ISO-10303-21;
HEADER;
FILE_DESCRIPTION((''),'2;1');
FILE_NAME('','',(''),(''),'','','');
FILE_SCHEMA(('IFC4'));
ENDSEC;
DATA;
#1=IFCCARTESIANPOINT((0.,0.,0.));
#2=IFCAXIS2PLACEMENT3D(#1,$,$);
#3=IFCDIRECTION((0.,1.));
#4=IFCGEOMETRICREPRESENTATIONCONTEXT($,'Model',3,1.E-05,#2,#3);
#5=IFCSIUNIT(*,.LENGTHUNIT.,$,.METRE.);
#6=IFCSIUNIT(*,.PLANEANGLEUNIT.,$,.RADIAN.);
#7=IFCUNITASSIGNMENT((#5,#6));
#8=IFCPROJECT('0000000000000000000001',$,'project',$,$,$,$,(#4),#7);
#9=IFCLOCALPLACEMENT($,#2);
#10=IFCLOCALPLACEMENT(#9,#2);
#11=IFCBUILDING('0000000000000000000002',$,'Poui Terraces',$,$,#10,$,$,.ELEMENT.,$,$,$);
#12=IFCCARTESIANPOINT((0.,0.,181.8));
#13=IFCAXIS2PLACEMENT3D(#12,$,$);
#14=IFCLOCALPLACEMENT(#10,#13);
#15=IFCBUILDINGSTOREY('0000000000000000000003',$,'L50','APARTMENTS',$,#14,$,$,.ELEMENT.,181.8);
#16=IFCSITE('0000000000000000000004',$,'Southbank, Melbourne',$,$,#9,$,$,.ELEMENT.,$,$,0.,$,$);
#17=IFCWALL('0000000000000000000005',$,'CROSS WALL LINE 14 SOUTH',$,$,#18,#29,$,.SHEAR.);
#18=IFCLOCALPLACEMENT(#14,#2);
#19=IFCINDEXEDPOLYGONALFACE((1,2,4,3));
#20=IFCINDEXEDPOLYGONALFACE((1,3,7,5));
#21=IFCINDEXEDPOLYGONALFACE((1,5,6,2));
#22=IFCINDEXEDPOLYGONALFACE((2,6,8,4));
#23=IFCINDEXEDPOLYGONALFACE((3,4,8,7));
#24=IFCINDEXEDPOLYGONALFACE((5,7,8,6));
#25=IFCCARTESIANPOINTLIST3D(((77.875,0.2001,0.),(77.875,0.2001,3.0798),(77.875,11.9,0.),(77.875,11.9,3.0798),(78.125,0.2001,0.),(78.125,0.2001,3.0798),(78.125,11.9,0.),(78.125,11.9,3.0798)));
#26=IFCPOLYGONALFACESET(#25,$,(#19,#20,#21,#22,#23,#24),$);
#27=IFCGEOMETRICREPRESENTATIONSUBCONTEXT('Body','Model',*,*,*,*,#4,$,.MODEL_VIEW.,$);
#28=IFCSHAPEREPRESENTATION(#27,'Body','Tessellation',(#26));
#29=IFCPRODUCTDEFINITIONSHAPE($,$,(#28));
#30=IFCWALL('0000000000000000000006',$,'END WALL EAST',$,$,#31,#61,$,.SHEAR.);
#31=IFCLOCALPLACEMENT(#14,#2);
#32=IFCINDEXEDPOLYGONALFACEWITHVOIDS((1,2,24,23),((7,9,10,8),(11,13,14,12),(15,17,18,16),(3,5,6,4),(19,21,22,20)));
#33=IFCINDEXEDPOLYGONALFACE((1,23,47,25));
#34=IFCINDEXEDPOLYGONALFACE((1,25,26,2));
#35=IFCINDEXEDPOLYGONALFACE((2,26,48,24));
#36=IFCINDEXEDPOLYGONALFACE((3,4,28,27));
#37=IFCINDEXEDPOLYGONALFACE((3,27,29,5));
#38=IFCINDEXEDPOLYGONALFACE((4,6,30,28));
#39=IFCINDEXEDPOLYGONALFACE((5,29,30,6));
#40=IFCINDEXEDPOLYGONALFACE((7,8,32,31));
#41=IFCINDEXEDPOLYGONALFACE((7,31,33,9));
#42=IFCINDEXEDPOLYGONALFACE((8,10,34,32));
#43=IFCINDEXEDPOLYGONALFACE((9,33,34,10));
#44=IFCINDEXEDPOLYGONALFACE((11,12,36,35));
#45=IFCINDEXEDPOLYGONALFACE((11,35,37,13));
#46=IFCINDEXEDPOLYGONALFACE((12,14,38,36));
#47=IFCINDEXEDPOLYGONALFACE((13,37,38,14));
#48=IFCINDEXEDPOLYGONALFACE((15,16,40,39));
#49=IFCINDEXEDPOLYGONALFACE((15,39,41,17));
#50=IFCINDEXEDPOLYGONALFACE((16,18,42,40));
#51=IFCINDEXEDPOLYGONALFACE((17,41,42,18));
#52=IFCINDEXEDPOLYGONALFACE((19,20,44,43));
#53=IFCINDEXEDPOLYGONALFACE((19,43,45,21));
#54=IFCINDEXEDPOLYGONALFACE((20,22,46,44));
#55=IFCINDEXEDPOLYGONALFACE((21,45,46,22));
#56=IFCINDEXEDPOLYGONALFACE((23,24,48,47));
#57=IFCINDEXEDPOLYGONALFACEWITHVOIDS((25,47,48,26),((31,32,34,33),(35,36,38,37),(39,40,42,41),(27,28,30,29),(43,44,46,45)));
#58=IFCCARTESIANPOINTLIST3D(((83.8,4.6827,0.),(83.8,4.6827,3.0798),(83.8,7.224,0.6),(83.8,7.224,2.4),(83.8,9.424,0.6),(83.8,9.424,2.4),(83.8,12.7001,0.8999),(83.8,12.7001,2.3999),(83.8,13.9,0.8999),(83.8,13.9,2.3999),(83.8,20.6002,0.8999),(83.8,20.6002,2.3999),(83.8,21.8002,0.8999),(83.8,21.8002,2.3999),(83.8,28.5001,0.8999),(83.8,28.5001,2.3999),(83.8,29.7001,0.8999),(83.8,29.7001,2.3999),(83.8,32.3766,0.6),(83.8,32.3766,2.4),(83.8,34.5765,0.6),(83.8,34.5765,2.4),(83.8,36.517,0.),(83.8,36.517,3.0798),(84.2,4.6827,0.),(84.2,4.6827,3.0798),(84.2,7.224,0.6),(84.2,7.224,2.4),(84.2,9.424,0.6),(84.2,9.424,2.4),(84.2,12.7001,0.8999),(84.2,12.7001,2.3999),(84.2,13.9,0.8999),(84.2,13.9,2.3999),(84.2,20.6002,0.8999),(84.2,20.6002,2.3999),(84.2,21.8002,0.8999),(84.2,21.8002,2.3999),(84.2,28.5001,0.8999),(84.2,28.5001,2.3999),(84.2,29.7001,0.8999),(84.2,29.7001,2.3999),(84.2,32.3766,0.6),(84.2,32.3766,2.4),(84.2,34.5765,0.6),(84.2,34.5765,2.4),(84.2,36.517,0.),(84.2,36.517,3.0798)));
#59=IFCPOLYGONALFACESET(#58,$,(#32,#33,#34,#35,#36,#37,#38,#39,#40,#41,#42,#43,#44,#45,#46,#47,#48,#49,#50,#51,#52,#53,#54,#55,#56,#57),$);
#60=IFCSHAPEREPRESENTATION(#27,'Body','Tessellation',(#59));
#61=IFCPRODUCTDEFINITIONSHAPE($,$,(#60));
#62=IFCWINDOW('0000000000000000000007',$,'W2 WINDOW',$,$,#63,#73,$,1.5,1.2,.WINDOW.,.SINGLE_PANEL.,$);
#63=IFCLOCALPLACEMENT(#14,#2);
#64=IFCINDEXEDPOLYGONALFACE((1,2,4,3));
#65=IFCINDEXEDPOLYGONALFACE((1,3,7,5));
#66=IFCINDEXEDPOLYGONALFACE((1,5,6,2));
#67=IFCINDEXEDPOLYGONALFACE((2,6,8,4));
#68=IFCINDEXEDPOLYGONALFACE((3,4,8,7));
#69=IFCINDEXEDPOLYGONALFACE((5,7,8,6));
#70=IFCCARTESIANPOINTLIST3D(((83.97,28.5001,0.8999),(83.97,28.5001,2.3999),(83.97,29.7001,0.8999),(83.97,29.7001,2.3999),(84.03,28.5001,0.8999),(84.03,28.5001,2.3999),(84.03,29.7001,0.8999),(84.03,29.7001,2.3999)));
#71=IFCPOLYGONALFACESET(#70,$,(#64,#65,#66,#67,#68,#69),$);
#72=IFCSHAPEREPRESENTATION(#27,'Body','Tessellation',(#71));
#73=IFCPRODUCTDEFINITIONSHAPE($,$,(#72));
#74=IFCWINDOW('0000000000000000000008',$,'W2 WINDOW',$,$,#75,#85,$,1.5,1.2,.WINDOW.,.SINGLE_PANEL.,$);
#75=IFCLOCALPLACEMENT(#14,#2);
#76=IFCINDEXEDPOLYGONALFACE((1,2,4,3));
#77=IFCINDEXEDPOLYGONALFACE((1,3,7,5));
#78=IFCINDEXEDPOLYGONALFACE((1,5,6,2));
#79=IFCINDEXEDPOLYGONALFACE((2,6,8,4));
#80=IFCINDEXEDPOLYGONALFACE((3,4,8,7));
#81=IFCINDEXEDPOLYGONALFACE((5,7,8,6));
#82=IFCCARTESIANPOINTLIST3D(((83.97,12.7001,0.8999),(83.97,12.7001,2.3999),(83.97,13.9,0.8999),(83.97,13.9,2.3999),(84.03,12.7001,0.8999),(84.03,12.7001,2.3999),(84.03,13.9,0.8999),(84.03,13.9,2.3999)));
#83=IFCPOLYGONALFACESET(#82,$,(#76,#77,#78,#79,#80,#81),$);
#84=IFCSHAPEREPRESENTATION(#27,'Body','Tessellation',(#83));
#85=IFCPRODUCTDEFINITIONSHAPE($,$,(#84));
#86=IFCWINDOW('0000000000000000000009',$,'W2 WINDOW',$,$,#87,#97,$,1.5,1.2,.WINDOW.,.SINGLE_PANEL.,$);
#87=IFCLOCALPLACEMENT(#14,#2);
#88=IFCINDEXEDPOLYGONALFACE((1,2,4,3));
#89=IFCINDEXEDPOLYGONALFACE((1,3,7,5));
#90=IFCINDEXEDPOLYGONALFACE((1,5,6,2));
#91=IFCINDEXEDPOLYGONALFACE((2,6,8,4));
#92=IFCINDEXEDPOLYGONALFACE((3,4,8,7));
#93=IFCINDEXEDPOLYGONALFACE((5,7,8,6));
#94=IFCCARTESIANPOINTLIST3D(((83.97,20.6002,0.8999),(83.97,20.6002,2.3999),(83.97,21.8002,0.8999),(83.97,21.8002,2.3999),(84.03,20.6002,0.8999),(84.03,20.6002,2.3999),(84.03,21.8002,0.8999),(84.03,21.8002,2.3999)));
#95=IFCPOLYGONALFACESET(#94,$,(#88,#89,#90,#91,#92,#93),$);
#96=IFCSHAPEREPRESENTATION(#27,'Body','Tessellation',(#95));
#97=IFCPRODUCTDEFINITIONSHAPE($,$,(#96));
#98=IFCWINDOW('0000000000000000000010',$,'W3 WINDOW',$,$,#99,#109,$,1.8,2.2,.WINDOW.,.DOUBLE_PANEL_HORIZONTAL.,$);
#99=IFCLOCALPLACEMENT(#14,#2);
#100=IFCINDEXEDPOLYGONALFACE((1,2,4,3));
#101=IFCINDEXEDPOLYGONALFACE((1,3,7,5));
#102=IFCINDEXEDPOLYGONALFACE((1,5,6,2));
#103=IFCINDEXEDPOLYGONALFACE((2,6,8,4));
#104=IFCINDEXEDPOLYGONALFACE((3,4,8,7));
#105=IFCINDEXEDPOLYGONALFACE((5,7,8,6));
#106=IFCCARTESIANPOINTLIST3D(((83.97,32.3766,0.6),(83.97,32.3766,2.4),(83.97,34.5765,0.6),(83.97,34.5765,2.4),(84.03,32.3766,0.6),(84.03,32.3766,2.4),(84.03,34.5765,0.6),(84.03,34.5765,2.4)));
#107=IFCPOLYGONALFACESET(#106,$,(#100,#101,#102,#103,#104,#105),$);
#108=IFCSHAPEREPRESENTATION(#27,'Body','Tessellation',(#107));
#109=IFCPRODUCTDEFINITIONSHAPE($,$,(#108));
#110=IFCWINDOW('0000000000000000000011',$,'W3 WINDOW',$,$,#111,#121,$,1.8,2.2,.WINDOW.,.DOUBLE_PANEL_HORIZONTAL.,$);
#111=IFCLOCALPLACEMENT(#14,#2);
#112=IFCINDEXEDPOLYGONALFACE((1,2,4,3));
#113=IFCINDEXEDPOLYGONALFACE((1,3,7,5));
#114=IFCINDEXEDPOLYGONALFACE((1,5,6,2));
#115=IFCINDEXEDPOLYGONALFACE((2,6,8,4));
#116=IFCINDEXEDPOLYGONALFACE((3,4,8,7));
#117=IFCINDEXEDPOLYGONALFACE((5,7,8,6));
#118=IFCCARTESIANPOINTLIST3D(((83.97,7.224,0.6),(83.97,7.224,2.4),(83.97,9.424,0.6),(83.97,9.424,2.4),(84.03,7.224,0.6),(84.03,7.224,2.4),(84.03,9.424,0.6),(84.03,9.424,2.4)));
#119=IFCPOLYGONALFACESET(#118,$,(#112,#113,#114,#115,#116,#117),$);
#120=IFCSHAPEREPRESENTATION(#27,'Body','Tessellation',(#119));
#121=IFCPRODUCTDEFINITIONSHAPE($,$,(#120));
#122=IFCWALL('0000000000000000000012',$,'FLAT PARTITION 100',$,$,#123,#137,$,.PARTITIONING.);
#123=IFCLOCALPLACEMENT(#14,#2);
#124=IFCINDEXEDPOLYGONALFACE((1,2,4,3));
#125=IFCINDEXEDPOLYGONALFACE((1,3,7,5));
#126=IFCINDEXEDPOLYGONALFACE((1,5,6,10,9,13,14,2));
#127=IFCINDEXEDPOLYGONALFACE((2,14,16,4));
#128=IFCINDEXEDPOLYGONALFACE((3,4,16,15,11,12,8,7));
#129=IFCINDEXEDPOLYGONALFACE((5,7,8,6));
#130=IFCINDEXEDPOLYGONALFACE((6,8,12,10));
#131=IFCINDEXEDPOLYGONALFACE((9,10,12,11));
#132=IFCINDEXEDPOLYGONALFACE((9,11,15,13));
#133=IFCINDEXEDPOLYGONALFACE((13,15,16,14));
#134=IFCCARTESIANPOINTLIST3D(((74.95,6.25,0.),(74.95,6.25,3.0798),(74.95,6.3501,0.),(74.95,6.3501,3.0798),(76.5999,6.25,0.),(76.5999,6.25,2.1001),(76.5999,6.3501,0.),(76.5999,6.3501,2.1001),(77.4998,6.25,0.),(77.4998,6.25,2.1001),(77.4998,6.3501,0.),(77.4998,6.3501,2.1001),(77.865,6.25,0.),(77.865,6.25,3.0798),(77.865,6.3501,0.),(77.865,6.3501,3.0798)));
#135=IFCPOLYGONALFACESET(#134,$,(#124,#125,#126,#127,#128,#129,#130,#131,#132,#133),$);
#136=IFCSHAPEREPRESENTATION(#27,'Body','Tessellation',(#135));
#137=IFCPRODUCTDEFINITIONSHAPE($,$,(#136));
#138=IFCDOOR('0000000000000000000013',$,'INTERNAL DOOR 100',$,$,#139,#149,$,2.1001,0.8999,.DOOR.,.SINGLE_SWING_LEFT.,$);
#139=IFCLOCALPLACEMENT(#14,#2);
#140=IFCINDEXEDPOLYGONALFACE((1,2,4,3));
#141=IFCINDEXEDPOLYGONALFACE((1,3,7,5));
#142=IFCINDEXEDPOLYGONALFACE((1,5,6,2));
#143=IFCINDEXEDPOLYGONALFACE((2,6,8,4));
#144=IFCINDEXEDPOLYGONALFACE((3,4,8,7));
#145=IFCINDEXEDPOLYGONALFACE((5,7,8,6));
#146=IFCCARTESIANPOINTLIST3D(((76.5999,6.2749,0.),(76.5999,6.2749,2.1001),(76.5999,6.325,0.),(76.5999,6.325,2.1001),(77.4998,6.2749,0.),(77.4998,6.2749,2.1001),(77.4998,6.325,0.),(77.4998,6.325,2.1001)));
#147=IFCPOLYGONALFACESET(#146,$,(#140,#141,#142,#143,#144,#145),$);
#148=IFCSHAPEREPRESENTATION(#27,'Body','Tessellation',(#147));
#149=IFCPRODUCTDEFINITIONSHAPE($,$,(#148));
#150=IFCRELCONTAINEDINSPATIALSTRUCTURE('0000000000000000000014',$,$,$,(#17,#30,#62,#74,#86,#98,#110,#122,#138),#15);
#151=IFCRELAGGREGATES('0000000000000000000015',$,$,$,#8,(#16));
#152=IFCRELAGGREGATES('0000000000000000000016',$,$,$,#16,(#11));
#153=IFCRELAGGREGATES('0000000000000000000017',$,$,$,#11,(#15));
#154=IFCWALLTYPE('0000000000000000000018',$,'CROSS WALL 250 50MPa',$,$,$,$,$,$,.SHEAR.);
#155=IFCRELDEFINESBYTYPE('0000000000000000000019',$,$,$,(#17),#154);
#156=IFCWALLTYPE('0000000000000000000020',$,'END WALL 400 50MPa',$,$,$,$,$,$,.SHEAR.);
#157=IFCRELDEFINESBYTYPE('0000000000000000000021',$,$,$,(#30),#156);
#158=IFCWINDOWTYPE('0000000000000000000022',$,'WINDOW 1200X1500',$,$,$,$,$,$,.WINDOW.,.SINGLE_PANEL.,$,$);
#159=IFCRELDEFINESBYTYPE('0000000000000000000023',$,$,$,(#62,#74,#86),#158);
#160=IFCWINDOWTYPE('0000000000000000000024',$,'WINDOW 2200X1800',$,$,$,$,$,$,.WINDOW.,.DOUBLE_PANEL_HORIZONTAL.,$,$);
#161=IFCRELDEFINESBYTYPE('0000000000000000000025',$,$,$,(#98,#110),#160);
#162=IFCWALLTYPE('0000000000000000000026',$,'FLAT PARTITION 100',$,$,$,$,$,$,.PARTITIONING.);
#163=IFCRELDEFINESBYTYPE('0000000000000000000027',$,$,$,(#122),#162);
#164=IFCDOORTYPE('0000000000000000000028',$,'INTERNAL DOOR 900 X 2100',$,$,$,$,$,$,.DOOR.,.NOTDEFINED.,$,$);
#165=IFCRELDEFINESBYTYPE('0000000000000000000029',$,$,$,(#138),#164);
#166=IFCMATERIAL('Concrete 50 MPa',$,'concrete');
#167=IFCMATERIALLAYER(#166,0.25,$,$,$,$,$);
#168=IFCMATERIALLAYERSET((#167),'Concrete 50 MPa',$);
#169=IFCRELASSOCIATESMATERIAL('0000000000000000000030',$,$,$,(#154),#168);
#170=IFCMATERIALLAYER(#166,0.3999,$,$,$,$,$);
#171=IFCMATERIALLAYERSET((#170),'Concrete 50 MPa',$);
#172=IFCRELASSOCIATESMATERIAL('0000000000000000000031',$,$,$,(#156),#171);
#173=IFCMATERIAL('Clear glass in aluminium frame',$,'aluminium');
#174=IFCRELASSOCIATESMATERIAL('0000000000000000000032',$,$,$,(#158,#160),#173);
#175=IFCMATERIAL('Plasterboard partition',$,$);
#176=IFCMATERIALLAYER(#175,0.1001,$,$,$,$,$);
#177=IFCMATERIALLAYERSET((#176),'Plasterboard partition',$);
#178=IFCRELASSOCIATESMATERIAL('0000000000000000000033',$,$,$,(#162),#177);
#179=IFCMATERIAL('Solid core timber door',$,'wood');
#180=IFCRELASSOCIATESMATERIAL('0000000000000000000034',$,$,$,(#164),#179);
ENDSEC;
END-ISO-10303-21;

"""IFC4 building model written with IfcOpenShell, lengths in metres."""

from ifc_helpers import new_model, si_unit, direction, frame, frame_2d, origin, place, context, subcontext, project, spatial, rectangle, extrude, material, layer, layer_set, type_object, element, fill, save


model = new_model("IFC4")

# Units and contexts
model_context = context("Model", 3, precision=1e-05, world=origin(), true_north=direction((0.0, 1.0)))
body_context = subcontext(model_context, "Body", "Model", "MODEL_VIEW")
ifc_project = project(units=[si_unit("LENGTHUNIT", "METRE"), si_unit("PLANEANGLEUNIT", "RADIAN")], contexts=[model_context])

# Site, building, storey
site_placement = place(None, origin())
site = spatial("IfcSite", under=ifc_project, at=site_placement, Name="Southbank, Melbourne", CompositionType="ELEMENT", RefElevation=0.0)
building_placement = place(site_placement, origin())
building = spatial("IfcBuilding", under=site, at=building_placement, Name="Poui Terraces", CompositionType="ELEMENT")
storey_placement = place(building_placement, frame((0.0, 0.0, 181.8)))
storey = spatial("IfcBuildingStorey", under=building, at=storey_placement, Name="L50", Description="APARTMENTS", CompositionType="ELEMENT", Elevation=181.8)

# Wall
ifc_material_1 = material(Name="Concrete 50 MPa", Category="concrete")
ifc_layer_1 = layer(ifc_material_1, 0.25)
ifc_layer_set_1 = layer_set([ifc_layer_1], Name="Concrete 50 MPa")
wall_type_1 = type_object("IfcWallType", Name="CROSS WALL 250 50MPa", PredefinedType="SHEAR", material=ifc_layer_set_1)
wall_1_placement = place(storey_placement, frame((78.0, 0.2, 0.0), z_axis=(0.0, 0.0, 1.0), x_axis=(0.0, 1.0, 0.0)))
element("IfcWall", 1, at=wall_1_placement, inside=storey, type_object=wall_type_1, Name="CROSS WALL LINE 14 SOUTH", PredefinedType="SHEAR", context=body_context, shape_type="SweptSolid", body=[
    extrude(rectangle(XDim=11.7, YDim=0.25, at=frame_2d((5.8501, 0.0))), origin(), (0.0, 0.0, 1.0), 3.0798),
])

# Wall, openings, windows
ifc_layer_2 = layer(ifc_material_1, 0.3999)
ifc_layer_set_2 = layer_set([ifc_layer_2], Name="Concrete 50 MPa")
wall_type_2 = type_object("IfcWallType", Name="END WALL 400 50MPa", PredefinedType="SHEAR", material=ifc_layer_set_2)
wall_2_placement = place(storey_placement, frame((84.0, 4.6829, 0.0), z_axis=(0.0, 0.0, 1.0), x_axis=(0.0, 1.0, 0.0)))
wall_2 = element("IfcWall", 2, at=wall_2_placement, inside=storey, type_object=wall_type_2, Name="END WALL EAST", PredefinedType="SHEAR", context=body_context, shape_type="SweptSolid", body=[
    extrude(rectangle(XDim=31.8342, YDim=0.3999, at=frame_2d((15.917, 0.0))), origin(), (0.0, 0.0, 1.0), 3.0798),
])
opening_1_placement = place(wall_2_placement, frame((23.8171, 0.0, 0.8999)))
opening_1 = element("IfcOpeningElement", 3, at=opening_1_placement, cuts=wall_2, PredefinedType="OPENING", context=body_context, shape_type="SweptSolid", body=[
    extrude(rectangle(XDim=1.2, YDim=1.5, at=frame_2d((0.6001, 0.75))), frame((0.0, 0.21, 0.0), z_axis=(0.0, -1.0, 0.0), x_axis=(1.0, 0.0, 0.0)), (0.0, 0.0, 1.0), 0.4199),
])
opening_2_placement = place(wall_2_placement, frame((8.0171, 0.0, 0.8999)))
opening_2 = element("IfcOpeningElement", 4, at=opening_2_placement, cuts=wall_2, PredefinedType="OPENING", context=body_context, shape_type="SweptSolid", body=[
    extrude(rectangle(XDim=1.2, YDim=1.5, at=frame_2d((0.6001, 0.75))), frame((0.0, 0.21, 0.0), z_axis=(0.0, -1.0, 0.0), x_axis=(1.0, 0.0, 0.0)), (0.0, 0.0, 1.0), 0.4199),
])
opening_3_placement = place(wall_2_placement, frame((27.6936, 0.0, 0.6001)))
opening_3 = element("IfcOpeningElement", 5, at=opening_3_placement, cuts=wall_2, PredefinedType="OPENING", context=body_context, shape_type="SweptSolid", body=[
    extrude(rectangle(XDim=2.2, YDim=1.8, at=frame_2d((1.1001, 0.8999))), frame((0.0, 0.21, 0.0), z_axis=(0.0, -1.0, 0.0), x_axis=(1.0, 0.0, 0.0)), (0.0, 0.0, 1.0), 0.4199),
])
opening_4_placement = place(wall_2_placement, frame((2.541, 0.0, 0.6001)))
opening_4 = element("IfcOpeningElement", 6, at=opening_4_placement, cuts=wall_2, PredefinedType="OPENING", context=body_context, shape_type="SweptSolid", body=[
    extrude(rectangle(XDim=2.2, YDim=1.8, at=frame_2d((1.1001, 0.8999))), frame((0.0, 0.21, 0.0), z_axis=(0.0, -1.0, 0.0), x_axis=(1.0, 0.0, 0.0)), (0.0, 0.0, 1.0), 0.4199),
])
opening_5_placement = place(wall_2_placement, frame((15.9172, 0.0, 0.8999)))
opening_5 = element("IfcOpeningElement", 7, at=opening_5_placement, cuts=wall_2, PredefinedType="OPENING", context=body_context, shape_type="SweptSolid", body=[
    extrude(rectangle(XDim=1.2, YDim=1.5, at=frame_2d((0.6001, 0.75))), frame((0.0, 0.21, 0.0), z_axis=(0.0, -1.0, 0.0), x_axis=(1.0, 0.0, 0.0)), (0.0, 0.0, 1.0), 0.4199),
])
ifc_material_2 = material(Name="Clear glass in aluminium frame", Category="aluminium")
window_type_1 = type_object("IfcWindowType", Name="WINDOW 1200X1500", PartitioningType="SINGLE_PANEL", PredefinedType="WINDOW", material=ifc_material_2)
window_1_placement = place(opening_1_placement, origin())
window_1 = element("IfcWindow", 8, at=window_1_placement, inside=storey, type_object=window_type_1, Name="W2 WINDOW", OverallHeight=1.5, OverallWidth=1.2, PartitioningType="SINGLE_PANEL", PredefinedType="WINDOW", context=body_context, shape_type="SweptSolid", body=[
    extrude(rectangle(XDim=1.2, YDim=1.5, at=frame_2d((0.6001, 0.75))), frame((0.0, 0.03, 0.0), z_axis=(0.0, -1.0, 0.0), x_axis=(1.0, 0.0, 0.0)), (0.0, 0.0, 1.0), 0.0601),
])
fill(opening_1, window_1)
window_2_placement = place(opening_2_placement, origin())
window_2 = element("IfcWindow", 9, at=window_2_placement, inside=storey, type_object=window_type_1, Name="W2 WINDOW", OverallHeight=1.5, OverallWidth=1.2, PartitioningType="SINGLE_PANEL", PredefinedType="WINDOW", context=body_context, shape_type="SweptSolid", body=[
    extrude(rectangle(XDim=1.2, YDim=1.5, at=frame_2d((0.6001, 0.75))), frame((0.0, 0.03, 0.0), z_axis=(0.0, -1.0, 0.0), x_axis=(1.0, 0.0, 0.0)), (0.0, 0.0, 1.0), 0.0601),
])
fill(opening_2, window_2)
window_3_placement = place(opening_5_placement, origin())
window_3 = element("IfcWindow", 10, at=window_3_placement, inside=storey, type_object=window_type_1, Name="W2 WINDOW", OverallHeight=1.5, OverallWidth=1.2, PartitioningType="SINGLE_PANEL", PredefinedType="WINDOW", context=body_context, shape_type="SweptSolid", body=[
    extrude(rectangle(XDim=1.2, YDim=1.5, at=frame_2d((0.6001, 0.75))), frame((0.0, 0.03, 0.0), z_axis=(0.0, -1.0, 0.0), x_axis=(1.0, 0.0, 0.0)), (0.0, 0.0, 1.0), 0.0601),
])
fill(opening_5, window_3)
window_type_2 = type_object("IfcWindowType", Name="WINDOW 2200X1800", PartitioningType="DOUBLE_PANEL_HORIZONTAL", PredefinedType="WINDOW", material=ifc_material_2)
window_4_placement = place(opening_3_placement, origin())
window_4 = element("IfcWindow", 11, at=window_4_placement, inside=storey, type_object=window_type_2, Name="W3 WINDOW", OverallHeight=1.8, OverallWidth=2.2, PartitioningType="DOUBLE_PANEL_HORIZONTAL", PredefinedType="WINDOW", context=body_context, shape_type="SweptSolid", body=[
    extrude(rectangle(XDim=2.2, YDim=1.8, at=frame_2d((1.1001, 0.8999))), frame((0.0, 0.03, 0.0), z_axis=(0.0, -1.0, 0.0), x_axis=(1.0, 0.0, 0.0)), (0.0, 0.0, 1.0), 0.0601),
])
fill(opening_3, window_4)
window_5_placement = place(opening_4_placement, origin())
window_5 = element("IfcWindow", 12, at=window_5_placement, inside=storey, type_object=window_type_2, Name="W3 WINDOW", OverallHeight=1.8, OverallWidth=2.2, PartitioningType="DOUBLE_PANEL_HORIZONTAL", PredefinedType="WINDOW", context=body_context, shape_type="SweptSolid", body=[
    extrude(rectangle(XDim=2.2, YDim=1.8, at=frame_2d((1.1001, 0.8999))), frame((0.0, 0.03, 0.0), z_axis=(0.0, -1.0, 0.0), x_axis=(1.0, 0.0, 0.0)), (0.0, 0.0, 1.0), 0.0601),
])
fill(opening_4, window_5)

# Wall, opening, door
ifc_material_3 = material(Name="Plasterboard partition")
ifc_layer_3 = layer(ifc_material_3, 0.1001)
ifc_layer_set_3 = layer_set([ifc_layer_3], Name="Plasterboard partition")
wall_type_3 = type_object("IfcWallType", Name="FLAT PARTITION 100", PredefinedType="PARTITIONING", material=ifc_layer_set_3)
wall_3_placement = place(storey_placement, frame((74.95, 6.3, 0.0), z_axis=(0.0, 0.0, 1.0), x_axis=(1.0, 0.0, 0.0)))
wall_3 = element("IfcWall", 13, at=wall_3_placement, inside=storey, type_object=wall_type_3, Name="FLAT PARTITION 100", PredefinedType="PARTITIONING", context=body_context, shape_type="SweptSolid", body=[
    extrude(rectangle(XDim=2.915, YDim=0.1001, at=frame_2d((1.4575, 0.0))), origin(), (0.0, 0.0, 1.0), 3.0798),
])
opening_6_placement = place(wall_3_placement, frame((1.6499, 0.0, 0.0)))
opening_6 = element("IfcOpeningElement", 14, at=opening_6_placement, cuts=wall_3, PredefinedType="OPENING", context=body_context, shape_type="SweptSolid", body=[
    extrude(rectangle(XDim=0.8999, YDim=2.1001, at=frame_2d((0.45, 1.05))), frame((0.0, 0.0601, 0.0), z_axis=(0.0, -1.0, 0.0), x_axis=(1.0, 0.0, 0.0)), (0.0, 0.0, 1.0), 0.1201),
])
ifc_material_4 = material(Name="Solid core timber door", Category="wood")
door_type_1 = type_object("IfcDoorType", Name="INTERNAL DOOR 900 X 2100", OperationType="NOTDEFINED", PredefinedType="DOOR", material=ifc_material_4)
door_1_placement = place(opening_6_placement, origin())
door_1 = element("IfcDoor", 15, at=door_1_placement, inside=storey, type_object=door_type_1, Name="INTERNAL DOOR 100", OperationType="SINGLE_SWING_LEFT", OverallHeight=2.1001, OverallWidth=0.8999, PredefinedType="DOOR", context=body_context, shape_type="SweptSolid", body=[
    extrude(rectangle(XDim=0.8999, YDim=2.1001, at=frame_2d((0.45, 1.05))), frame((0.0, 0.0249, 0.0), z_axis=(0.0, -1.0, 0.0), x_axis=(1.0, 0.0, 0.0)), (0.0, 0.0, 1.0), 0.05),
])
fill(opening_6, door_1)

save(model, "model.ifc")
